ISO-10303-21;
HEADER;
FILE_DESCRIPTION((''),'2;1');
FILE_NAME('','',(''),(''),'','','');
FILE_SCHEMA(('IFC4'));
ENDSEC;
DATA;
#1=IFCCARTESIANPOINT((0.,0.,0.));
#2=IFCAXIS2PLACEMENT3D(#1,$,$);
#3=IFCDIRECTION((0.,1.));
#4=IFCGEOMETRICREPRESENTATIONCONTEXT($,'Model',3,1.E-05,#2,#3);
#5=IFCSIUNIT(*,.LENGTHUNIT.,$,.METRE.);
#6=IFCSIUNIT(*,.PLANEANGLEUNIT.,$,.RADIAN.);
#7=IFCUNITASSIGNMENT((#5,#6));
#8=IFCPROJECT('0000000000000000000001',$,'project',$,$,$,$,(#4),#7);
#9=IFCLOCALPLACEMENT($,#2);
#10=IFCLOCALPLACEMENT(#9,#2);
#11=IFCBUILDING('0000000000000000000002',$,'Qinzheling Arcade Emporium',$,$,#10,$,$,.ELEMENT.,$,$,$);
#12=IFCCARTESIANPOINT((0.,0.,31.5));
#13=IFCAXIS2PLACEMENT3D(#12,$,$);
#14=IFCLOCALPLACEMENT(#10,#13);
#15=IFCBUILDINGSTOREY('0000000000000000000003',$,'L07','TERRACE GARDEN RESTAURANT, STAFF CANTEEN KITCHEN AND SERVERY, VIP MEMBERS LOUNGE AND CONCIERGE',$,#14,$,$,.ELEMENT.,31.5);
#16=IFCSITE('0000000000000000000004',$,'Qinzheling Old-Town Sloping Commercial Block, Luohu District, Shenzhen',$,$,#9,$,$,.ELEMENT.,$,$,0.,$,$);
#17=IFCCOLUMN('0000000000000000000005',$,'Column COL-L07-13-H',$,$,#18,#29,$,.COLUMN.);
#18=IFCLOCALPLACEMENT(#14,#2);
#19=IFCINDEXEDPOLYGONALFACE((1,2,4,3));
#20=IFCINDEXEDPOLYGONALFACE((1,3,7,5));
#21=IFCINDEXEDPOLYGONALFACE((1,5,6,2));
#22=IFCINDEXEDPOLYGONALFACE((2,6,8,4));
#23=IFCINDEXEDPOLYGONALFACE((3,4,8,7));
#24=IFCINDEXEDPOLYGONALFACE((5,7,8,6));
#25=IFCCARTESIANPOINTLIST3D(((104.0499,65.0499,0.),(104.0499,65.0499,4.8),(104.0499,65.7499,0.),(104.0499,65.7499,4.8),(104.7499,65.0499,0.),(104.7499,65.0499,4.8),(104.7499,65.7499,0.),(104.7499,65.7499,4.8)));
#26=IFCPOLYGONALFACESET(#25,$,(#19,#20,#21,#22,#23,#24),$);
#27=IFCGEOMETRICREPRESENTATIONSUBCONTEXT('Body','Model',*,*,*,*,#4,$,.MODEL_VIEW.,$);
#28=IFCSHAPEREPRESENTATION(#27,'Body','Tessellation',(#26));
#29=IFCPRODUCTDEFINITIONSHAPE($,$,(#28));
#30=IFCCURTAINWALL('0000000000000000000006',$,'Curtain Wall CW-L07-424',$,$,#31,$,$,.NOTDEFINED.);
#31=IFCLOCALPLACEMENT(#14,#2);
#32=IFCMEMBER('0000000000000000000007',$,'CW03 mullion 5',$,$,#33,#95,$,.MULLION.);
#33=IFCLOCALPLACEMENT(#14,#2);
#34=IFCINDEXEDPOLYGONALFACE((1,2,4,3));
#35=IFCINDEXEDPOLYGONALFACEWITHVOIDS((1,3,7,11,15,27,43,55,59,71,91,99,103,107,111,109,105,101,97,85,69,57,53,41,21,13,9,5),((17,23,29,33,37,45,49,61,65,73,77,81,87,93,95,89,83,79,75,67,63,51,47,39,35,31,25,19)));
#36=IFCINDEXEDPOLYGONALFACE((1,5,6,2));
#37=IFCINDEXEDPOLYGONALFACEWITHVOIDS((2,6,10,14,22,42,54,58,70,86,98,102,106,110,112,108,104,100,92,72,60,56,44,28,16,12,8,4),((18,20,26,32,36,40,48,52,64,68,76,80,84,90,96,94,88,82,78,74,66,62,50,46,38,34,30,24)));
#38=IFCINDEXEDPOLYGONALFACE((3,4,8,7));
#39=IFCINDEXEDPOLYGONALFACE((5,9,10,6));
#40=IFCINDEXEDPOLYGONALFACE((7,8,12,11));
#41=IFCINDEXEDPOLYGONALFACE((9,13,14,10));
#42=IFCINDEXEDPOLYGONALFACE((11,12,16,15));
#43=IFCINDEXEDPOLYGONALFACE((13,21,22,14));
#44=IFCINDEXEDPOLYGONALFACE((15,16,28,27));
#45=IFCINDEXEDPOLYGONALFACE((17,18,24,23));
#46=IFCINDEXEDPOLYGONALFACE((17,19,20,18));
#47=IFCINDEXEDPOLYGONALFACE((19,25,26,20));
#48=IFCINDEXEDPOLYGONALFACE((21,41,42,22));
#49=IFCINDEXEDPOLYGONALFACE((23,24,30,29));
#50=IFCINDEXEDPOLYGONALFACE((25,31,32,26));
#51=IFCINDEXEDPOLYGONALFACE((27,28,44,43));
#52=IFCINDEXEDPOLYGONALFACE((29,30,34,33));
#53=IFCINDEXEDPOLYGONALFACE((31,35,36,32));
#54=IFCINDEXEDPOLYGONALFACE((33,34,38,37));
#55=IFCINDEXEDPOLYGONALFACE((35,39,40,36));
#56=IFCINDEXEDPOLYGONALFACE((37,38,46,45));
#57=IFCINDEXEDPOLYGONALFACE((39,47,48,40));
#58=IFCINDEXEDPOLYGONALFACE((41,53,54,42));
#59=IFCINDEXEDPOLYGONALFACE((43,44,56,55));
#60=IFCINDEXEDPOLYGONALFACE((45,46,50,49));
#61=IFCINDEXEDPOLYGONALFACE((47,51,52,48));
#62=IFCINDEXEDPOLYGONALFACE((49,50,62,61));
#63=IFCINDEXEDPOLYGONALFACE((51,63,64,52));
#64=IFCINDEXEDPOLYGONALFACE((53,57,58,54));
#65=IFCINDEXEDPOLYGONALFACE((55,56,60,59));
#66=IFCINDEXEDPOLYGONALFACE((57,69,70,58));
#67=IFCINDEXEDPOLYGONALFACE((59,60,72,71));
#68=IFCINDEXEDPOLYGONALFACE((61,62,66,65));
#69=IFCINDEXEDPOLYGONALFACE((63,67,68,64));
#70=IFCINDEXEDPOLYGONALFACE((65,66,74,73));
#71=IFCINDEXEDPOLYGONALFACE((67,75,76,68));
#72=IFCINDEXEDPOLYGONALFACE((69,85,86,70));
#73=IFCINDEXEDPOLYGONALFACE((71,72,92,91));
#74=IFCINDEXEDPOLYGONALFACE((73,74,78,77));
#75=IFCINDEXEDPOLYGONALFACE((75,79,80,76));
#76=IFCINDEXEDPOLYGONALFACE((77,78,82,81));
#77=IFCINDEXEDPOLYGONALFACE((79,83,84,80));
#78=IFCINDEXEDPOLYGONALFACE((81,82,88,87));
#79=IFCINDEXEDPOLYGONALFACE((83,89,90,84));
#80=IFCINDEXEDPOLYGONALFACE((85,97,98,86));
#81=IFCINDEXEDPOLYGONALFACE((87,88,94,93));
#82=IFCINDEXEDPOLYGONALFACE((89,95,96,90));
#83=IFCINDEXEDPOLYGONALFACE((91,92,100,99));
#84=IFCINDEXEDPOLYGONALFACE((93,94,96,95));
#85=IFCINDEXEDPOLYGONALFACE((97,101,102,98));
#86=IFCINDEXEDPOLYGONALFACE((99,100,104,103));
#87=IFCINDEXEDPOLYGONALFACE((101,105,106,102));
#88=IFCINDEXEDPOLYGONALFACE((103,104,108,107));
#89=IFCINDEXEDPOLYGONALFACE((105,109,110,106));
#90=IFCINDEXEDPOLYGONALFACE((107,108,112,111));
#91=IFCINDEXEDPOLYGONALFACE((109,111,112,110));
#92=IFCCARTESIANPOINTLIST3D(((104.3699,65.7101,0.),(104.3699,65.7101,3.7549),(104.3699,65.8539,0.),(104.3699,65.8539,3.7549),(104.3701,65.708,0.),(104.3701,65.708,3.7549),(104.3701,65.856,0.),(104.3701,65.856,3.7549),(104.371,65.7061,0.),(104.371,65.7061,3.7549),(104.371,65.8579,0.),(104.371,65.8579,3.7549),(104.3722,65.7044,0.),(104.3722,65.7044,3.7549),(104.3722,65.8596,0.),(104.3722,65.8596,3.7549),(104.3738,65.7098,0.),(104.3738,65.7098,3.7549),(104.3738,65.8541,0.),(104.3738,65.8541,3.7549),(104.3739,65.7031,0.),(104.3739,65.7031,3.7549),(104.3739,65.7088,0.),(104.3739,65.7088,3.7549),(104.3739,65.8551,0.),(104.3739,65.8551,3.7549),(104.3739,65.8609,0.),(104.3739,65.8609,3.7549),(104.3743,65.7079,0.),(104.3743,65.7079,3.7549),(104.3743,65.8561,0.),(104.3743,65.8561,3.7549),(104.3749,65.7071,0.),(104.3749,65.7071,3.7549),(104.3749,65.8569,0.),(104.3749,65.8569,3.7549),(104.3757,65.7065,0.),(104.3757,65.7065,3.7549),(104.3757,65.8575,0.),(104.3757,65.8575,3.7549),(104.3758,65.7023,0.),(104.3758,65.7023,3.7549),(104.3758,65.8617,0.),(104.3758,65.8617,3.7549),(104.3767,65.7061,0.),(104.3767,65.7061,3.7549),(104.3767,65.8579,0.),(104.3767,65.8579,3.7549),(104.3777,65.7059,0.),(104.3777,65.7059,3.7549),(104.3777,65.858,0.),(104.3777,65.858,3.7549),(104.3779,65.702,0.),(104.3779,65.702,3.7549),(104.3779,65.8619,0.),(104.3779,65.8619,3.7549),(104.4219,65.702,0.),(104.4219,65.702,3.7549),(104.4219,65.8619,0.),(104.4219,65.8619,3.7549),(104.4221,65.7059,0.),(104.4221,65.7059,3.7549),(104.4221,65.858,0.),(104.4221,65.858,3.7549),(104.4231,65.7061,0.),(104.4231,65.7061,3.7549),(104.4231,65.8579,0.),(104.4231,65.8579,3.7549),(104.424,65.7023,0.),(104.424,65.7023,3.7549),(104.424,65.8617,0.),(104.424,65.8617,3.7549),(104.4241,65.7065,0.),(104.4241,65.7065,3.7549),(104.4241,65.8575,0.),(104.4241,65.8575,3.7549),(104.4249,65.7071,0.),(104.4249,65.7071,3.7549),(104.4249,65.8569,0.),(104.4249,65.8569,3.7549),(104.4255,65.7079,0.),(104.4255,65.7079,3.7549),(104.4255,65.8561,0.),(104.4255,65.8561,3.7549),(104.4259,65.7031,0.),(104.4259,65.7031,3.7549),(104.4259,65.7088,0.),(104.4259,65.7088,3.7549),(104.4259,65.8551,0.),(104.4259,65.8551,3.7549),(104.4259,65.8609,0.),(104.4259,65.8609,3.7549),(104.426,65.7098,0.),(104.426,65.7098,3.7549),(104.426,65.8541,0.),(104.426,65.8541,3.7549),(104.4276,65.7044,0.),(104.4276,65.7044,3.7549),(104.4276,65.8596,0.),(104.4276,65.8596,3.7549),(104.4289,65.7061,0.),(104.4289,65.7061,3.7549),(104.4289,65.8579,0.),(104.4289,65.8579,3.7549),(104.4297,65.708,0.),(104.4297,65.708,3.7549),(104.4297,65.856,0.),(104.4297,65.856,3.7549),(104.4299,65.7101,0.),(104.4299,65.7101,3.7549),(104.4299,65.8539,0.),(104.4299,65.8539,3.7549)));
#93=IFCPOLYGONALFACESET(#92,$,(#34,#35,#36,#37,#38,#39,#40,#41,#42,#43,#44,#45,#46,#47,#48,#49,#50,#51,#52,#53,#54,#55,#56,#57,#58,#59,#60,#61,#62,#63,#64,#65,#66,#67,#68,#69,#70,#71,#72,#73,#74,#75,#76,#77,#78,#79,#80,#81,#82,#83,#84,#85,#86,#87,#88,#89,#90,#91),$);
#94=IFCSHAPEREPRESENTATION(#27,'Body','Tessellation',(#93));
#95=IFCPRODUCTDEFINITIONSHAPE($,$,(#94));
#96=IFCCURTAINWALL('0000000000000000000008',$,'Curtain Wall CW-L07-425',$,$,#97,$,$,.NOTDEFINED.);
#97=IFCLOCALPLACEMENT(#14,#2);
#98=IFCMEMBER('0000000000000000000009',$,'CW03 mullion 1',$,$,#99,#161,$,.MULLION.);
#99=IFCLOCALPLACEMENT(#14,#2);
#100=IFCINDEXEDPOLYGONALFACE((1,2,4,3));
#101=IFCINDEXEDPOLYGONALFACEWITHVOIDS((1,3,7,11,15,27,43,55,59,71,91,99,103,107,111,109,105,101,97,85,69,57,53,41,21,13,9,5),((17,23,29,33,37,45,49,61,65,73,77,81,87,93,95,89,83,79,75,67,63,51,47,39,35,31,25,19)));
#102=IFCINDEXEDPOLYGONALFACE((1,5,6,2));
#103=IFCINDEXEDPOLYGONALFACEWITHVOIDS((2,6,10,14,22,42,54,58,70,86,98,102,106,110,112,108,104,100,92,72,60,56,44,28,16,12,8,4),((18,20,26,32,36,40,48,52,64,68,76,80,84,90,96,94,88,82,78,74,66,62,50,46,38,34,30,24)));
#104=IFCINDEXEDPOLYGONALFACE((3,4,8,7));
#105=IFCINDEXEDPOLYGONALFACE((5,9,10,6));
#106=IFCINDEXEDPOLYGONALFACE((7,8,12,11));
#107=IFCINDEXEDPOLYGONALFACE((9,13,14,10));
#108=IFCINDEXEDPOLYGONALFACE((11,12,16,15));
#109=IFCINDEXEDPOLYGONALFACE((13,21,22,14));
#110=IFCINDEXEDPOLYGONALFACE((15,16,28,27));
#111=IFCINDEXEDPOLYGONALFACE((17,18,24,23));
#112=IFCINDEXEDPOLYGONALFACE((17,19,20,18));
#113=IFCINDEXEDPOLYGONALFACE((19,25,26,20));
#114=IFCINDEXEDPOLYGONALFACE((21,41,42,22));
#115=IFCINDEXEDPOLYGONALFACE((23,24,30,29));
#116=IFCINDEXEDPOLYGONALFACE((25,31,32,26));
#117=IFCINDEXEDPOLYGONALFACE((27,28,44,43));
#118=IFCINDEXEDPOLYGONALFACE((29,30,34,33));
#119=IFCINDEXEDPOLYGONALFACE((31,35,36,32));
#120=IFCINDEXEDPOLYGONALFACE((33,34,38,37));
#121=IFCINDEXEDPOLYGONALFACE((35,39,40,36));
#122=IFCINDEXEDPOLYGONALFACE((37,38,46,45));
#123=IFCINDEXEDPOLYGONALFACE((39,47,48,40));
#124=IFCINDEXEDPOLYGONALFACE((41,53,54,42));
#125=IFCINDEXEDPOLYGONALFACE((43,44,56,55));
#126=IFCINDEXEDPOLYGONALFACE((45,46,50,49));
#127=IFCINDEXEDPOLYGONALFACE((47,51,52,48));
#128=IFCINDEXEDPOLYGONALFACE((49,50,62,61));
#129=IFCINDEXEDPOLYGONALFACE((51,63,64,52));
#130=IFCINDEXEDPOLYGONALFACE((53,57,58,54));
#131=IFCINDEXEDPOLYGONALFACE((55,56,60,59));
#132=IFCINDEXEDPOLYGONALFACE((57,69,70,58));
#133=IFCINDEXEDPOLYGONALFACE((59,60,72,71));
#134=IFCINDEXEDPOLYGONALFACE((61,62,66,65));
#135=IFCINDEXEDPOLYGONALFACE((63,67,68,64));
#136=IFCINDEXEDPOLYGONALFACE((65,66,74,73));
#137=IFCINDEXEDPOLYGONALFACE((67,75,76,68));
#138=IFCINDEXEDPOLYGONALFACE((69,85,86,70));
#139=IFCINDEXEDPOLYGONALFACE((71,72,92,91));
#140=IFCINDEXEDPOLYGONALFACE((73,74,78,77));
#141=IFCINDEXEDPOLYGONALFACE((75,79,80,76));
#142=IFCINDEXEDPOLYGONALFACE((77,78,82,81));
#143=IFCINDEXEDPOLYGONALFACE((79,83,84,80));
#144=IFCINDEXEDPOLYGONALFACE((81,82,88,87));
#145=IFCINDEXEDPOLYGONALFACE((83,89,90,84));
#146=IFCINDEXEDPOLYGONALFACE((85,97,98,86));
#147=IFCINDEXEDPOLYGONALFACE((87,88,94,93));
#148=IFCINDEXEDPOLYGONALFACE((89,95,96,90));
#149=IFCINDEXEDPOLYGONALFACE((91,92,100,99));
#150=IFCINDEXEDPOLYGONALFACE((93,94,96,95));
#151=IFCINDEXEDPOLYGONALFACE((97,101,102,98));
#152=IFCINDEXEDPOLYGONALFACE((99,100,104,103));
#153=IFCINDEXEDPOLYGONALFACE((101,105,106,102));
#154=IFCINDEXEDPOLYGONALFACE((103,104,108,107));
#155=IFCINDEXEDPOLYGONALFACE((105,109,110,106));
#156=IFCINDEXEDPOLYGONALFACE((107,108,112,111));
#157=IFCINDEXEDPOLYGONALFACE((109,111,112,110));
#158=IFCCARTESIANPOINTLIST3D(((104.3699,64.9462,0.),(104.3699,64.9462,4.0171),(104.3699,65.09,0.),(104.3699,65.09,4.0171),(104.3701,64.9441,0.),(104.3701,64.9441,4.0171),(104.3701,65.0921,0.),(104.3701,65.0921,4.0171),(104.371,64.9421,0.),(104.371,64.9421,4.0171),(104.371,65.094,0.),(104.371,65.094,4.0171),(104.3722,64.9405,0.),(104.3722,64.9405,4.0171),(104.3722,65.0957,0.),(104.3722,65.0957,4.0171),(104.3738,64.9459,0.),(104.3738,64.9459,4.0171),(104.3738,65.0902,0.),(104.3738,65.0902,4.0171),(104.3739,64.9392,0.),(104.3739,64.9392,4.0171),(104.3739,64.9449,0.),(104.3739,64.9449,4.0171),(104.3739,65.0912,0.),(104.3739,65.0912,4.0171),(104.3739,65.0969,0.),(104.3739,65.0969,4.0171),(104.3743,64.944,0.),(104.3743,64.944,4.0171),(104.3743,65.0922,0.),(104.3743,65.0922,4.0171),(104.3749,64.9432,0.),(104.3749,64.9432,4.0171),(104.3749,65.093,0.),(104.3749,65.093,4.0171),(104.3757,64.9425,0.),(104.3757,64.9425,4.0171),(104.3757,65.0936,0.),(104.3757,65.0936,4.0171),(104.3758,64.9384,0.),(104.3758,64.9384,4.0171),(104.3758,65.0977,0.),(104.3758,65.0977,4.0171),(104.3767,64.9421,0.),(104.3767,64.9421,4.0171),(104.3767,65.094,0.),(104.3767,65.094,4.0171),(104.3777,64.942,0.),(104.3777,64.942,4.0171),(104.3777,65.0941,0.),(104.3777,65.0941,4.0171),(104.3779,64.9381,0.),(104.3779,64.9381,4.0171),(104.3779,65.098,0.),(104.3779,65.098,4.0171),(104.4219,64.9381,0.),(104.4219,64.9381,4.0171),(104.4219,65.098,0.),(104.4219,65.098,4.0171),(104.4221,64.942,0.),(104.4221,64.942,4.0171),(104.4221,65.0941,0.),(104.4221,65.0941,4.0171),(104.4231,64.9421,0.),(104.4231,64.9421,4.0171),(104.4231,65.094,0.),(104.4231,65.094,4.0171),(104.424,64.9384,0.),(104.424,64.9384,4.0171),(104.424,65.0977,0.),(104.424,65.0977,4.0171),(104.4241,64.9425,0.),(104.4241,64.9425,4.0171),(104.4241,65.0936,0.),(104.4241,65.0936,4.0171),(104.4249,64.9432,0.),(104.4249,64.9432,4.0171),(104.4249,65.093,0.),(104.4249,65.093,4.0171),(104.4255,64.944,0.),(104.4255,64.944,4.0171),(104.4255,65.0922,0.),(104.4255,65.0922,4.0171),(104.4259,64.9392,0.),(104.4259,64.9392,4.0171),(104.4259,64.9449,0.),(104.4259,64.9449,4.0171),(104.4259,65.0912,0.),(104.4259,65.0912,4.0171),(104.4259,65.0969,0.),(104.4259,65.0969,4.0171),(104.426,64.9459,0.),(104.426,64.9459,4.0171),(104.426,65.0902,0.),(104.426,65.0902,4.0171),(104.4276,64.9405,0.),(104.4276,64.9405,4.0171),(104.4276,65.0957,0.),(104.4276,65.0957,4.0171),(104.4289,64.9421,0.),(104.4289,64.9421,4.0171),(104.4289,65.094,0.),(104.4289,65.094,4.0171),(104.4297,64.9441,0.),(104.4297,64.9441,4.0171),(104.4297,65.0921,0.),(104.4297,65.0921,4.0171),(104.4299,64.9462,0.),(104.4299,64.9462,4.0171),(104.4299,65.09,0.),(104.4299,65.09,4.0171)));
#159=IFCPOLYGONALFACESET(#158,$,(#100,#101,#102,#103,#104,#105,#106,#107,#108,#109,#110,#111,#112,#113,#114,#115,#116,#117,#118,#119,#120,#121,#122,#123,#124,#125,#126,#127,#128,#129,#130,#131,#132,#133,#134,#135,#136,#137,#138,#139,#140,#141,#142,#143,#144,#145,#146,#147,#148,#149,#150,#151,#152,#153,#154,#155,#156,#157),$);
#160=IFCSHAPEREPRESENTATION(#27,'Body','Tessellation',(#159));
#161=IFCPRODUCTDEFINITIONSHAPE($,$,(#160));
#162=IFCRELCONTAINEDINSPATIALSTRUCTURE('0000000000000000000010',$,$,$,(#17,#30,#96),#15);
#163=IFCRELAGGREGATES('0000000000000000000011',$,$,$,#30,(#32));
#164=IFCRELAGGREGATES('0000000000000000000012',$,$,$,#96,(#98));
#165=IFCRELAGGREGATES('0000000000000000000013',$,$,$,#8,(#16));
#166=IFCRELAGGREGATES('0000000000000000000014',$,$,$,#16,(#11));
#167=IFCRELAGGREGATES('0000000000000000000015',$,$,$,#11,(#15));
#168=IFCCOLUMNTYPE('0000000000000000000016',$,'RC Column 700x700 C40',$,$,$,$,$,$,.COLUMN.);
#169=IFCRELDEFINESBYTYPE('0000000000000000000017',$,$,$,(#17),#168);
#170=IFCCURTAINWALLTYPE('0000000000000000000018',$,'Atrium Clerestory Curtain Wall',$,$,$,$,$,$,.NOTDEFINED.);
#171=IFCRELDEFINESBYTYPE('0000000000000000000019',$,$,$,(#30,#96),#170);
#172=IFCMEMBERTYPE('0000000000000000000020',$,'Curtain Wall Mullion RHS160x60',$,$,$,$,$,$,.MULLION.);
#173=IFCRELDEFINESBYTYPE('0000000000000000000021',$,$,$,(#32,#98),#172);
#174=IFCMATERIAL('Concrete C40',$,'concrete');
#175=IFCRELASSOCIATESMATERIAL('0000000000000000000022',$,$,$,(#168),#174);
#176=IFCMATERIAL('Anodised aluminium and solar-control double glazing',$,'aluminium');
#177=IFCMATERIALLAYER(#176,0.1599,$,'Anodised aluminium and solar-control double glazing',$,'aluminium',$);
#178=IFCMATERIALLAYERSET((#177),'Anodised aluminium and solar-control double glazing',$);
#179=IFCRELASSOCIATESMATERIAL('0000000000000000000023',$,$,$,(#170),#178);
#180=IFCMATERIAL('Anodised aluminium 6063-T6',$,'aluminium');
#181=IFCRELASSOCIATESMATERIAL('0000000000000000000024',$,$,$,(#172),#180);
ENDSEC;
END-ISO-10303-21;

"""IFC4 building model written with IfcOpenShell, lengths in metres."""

from ifc_helpers import new_model, si_unit, direction, frame, origin, origin_2d, place, context, subcontext, project, spatial, rectangle, hollow_rectangle, extrude, material, layer, layer_set, material_profile, profile_set, type_object, element, aggregate, save


model = new_model("IFC4")

# Units and contexts
model_context = context("Model", 3, precision=1e-05, world=origin(), true_north=direction((0.0, 1.0)))
body_context = subcontext(model_context, "Body", "Model", "MODEL_VIEW")
ifc_project = project(units=[si_unit("LENGTHUNIT", "METRE"), si_unit("PLANEANGLEUNIT", "RADIAN")], contexts=[model_context])

# Site, building, storey
site_placement = place(None, origin())
site = spatial("IfcSite", under=ifc_project, at=site_placement, Name="Qinzheling Old-Town Sloping Commercial Block, Luohu District, Shenzhen", CompositionType="ELEMENT", RefElevation=0.0)
building_placement = place(site_placement, origin())
building = spatial("IfcBuilding", under=site, at=building_placement, Name="Qinzheling Arcade Emporium", CompositionType="ELEMENT")
storey_placement = place(building_placement, frame((0.0, 0.0, 31.5)))
storey = spatial("IfcBuildingStorey", under=building, at=storey_placement, Name="L07", Description="TERRACE GARDEN RESTAURANT, STAFF CANTEEN KITCHEN AND SERVERY, VIP MEMBERS LOUNGE AND CONCIERGE", CompositionType="ELEMENT", Elevation=31.5)

# Column
ifc_material_1 = material(Name="Concrete C40", Category="concrete")
ifc_material_profile_1 = material_profile(ifc_material_1, rectangle(XDim=0.7, YDim=0.7, at=origin_2d()), Name="RC 700x700", Category="concrete")
ifc_profile_set_1 = profile_set([ifc_material_profile_1], Name="Concrete C40")
column_type = type_object("IfcColumnType", Name="RC Column 700x700 C40", PredefinedType="COLUMN", material=ifc_profile_set_1)
column_placement = place(storey_placement, frame((104.3999, 65.3999, 0.0), z_axis=(0.0, 0.0, 1.0), x_axis=(1.0, 0.0, 0.0)))
element("IfcColumn", 1, at=column_placement, inside=storey, type_object=column_type, Name="Column COL-L07-13-H", PredefinedType="COLUMN", context=body_context, shape_type="SweptSolid", body=[
    extrude(rectangle(XDim=0.7, YDim=0.7, at=origin_2d()), origin(), (0.0, 0.0, 1.0), 4.8),
])

# Curtain wall, member
ifc_material_2 = material(Name="Anodised aluminium and solar-control double glazing", Category="aluminium")
ifc_layer_1 = layer(ifc_material_2, 0.1599, Name="Anodised aluminium and solar-control double glazing", Category="aluminium")
ifc_layer_set_1 = layer_set([ifc_layer_1], Name="Anodised aluminium and solar-control double glazing")
curtain_wall_type = type_object("IfcCurtainWallType", Name="Atrium Clerestory Curtain Wall", PredefinedType="NOTDEFINED", material=ifc_layer_set_1)
curtain_wall_1_placement = place(storey_placement, origin())
curtain_wall_1 = element("IfcCurtainWall", 2, at=curtain_wall_1_placement, inside=storey, type_object=curtain_wall_type, Name="Curtain Wall CW-L07-424", PredefinedType="NOTDEFINED")
ifc_material_3 = material(Name="Anodised aluminium 6063-T6", Category="aluminium")
ifc_material_profile_2 = material_profile(ifc_material_3, hollow_rectangle(XDim=0.0601, YDim=0.1599, WallThickness=0.0039, InnerFilletRadius=0.0039, OuterFilletRadius=0.0081, at=origin_2d()), Name="RHS 160x60x4", Category="aluminium")
ifc_profile_set_2 = profile_set([ifc_material_profile_2], Name="Anodised aluminium 6063-T6")
member_type_1 = type_object("IfcMemberType", Name="Curtain Wall Mullion RHS160x60", PredefinedType="MULLION", material=ifc_profile_set_2)
member_1_placement = place(storey_placement, frame((104.3999, 65.782, 0.0), z_axis=(0.0, 0.0, 1.0), x_axis=(1.0, 0.0, 0.0)))
member_1 = element("IfcMember", 3, at=member_1_placement, type_object=member_type_1, Name="CW03 mullion 5", PredefinedType="MULLION", context=body_context, shape_type="SweptSolid", body=[
    extrude(hollow_rectangle(XDim=0.0601, YDim=0.1599, WallThickness=0.0039, InnerFilletRadius=0.0039, OuterFilletRadius=0.0081, at=origin_2d()), origin(), (0.0, 0.0, 1.0), 3.7549),
])

# Curtain wall, member
curtain_wall_2_placement = place(storey_placement, origin())
curtain_wall_2 = element("IfcCurtainWall", 4, at=curtain_wall_2_placement, inside=storey, type_object=curtain_wall_type, Name="Curtain Wall CW-L07-425", PredefinedType="NOTDEFINED")
member_2_placement = place(storey_placement, frame((104.3999, 65.0181, 0.0), z_axis=(0.0, 0.0, 1.0), x_axis=(1.0, 0.0, 0.0)))
member_2 = element("IfcMember", 5, at=member_2_placement, type_object=member_type_1, Name="CW03 mullion 1", PredefinedType="MULLION", context=body_context, shape_type="SweptSolid", body=[
    extrude(hollow_rectangle(XDim=0.0601, YDim=0.1599, WallThickness=0.0039, InnerFilletRadius=0.0039, OuterFilletRadius=0.0081, at=origin_2d()), origin(), (0.0, 0.0, 1.0), 4.0171),
])

aggregate(curtain_wall_1, [member_1])
aggregate(curtain_wall_2, [member_2])

save(model, "model.ifc")
